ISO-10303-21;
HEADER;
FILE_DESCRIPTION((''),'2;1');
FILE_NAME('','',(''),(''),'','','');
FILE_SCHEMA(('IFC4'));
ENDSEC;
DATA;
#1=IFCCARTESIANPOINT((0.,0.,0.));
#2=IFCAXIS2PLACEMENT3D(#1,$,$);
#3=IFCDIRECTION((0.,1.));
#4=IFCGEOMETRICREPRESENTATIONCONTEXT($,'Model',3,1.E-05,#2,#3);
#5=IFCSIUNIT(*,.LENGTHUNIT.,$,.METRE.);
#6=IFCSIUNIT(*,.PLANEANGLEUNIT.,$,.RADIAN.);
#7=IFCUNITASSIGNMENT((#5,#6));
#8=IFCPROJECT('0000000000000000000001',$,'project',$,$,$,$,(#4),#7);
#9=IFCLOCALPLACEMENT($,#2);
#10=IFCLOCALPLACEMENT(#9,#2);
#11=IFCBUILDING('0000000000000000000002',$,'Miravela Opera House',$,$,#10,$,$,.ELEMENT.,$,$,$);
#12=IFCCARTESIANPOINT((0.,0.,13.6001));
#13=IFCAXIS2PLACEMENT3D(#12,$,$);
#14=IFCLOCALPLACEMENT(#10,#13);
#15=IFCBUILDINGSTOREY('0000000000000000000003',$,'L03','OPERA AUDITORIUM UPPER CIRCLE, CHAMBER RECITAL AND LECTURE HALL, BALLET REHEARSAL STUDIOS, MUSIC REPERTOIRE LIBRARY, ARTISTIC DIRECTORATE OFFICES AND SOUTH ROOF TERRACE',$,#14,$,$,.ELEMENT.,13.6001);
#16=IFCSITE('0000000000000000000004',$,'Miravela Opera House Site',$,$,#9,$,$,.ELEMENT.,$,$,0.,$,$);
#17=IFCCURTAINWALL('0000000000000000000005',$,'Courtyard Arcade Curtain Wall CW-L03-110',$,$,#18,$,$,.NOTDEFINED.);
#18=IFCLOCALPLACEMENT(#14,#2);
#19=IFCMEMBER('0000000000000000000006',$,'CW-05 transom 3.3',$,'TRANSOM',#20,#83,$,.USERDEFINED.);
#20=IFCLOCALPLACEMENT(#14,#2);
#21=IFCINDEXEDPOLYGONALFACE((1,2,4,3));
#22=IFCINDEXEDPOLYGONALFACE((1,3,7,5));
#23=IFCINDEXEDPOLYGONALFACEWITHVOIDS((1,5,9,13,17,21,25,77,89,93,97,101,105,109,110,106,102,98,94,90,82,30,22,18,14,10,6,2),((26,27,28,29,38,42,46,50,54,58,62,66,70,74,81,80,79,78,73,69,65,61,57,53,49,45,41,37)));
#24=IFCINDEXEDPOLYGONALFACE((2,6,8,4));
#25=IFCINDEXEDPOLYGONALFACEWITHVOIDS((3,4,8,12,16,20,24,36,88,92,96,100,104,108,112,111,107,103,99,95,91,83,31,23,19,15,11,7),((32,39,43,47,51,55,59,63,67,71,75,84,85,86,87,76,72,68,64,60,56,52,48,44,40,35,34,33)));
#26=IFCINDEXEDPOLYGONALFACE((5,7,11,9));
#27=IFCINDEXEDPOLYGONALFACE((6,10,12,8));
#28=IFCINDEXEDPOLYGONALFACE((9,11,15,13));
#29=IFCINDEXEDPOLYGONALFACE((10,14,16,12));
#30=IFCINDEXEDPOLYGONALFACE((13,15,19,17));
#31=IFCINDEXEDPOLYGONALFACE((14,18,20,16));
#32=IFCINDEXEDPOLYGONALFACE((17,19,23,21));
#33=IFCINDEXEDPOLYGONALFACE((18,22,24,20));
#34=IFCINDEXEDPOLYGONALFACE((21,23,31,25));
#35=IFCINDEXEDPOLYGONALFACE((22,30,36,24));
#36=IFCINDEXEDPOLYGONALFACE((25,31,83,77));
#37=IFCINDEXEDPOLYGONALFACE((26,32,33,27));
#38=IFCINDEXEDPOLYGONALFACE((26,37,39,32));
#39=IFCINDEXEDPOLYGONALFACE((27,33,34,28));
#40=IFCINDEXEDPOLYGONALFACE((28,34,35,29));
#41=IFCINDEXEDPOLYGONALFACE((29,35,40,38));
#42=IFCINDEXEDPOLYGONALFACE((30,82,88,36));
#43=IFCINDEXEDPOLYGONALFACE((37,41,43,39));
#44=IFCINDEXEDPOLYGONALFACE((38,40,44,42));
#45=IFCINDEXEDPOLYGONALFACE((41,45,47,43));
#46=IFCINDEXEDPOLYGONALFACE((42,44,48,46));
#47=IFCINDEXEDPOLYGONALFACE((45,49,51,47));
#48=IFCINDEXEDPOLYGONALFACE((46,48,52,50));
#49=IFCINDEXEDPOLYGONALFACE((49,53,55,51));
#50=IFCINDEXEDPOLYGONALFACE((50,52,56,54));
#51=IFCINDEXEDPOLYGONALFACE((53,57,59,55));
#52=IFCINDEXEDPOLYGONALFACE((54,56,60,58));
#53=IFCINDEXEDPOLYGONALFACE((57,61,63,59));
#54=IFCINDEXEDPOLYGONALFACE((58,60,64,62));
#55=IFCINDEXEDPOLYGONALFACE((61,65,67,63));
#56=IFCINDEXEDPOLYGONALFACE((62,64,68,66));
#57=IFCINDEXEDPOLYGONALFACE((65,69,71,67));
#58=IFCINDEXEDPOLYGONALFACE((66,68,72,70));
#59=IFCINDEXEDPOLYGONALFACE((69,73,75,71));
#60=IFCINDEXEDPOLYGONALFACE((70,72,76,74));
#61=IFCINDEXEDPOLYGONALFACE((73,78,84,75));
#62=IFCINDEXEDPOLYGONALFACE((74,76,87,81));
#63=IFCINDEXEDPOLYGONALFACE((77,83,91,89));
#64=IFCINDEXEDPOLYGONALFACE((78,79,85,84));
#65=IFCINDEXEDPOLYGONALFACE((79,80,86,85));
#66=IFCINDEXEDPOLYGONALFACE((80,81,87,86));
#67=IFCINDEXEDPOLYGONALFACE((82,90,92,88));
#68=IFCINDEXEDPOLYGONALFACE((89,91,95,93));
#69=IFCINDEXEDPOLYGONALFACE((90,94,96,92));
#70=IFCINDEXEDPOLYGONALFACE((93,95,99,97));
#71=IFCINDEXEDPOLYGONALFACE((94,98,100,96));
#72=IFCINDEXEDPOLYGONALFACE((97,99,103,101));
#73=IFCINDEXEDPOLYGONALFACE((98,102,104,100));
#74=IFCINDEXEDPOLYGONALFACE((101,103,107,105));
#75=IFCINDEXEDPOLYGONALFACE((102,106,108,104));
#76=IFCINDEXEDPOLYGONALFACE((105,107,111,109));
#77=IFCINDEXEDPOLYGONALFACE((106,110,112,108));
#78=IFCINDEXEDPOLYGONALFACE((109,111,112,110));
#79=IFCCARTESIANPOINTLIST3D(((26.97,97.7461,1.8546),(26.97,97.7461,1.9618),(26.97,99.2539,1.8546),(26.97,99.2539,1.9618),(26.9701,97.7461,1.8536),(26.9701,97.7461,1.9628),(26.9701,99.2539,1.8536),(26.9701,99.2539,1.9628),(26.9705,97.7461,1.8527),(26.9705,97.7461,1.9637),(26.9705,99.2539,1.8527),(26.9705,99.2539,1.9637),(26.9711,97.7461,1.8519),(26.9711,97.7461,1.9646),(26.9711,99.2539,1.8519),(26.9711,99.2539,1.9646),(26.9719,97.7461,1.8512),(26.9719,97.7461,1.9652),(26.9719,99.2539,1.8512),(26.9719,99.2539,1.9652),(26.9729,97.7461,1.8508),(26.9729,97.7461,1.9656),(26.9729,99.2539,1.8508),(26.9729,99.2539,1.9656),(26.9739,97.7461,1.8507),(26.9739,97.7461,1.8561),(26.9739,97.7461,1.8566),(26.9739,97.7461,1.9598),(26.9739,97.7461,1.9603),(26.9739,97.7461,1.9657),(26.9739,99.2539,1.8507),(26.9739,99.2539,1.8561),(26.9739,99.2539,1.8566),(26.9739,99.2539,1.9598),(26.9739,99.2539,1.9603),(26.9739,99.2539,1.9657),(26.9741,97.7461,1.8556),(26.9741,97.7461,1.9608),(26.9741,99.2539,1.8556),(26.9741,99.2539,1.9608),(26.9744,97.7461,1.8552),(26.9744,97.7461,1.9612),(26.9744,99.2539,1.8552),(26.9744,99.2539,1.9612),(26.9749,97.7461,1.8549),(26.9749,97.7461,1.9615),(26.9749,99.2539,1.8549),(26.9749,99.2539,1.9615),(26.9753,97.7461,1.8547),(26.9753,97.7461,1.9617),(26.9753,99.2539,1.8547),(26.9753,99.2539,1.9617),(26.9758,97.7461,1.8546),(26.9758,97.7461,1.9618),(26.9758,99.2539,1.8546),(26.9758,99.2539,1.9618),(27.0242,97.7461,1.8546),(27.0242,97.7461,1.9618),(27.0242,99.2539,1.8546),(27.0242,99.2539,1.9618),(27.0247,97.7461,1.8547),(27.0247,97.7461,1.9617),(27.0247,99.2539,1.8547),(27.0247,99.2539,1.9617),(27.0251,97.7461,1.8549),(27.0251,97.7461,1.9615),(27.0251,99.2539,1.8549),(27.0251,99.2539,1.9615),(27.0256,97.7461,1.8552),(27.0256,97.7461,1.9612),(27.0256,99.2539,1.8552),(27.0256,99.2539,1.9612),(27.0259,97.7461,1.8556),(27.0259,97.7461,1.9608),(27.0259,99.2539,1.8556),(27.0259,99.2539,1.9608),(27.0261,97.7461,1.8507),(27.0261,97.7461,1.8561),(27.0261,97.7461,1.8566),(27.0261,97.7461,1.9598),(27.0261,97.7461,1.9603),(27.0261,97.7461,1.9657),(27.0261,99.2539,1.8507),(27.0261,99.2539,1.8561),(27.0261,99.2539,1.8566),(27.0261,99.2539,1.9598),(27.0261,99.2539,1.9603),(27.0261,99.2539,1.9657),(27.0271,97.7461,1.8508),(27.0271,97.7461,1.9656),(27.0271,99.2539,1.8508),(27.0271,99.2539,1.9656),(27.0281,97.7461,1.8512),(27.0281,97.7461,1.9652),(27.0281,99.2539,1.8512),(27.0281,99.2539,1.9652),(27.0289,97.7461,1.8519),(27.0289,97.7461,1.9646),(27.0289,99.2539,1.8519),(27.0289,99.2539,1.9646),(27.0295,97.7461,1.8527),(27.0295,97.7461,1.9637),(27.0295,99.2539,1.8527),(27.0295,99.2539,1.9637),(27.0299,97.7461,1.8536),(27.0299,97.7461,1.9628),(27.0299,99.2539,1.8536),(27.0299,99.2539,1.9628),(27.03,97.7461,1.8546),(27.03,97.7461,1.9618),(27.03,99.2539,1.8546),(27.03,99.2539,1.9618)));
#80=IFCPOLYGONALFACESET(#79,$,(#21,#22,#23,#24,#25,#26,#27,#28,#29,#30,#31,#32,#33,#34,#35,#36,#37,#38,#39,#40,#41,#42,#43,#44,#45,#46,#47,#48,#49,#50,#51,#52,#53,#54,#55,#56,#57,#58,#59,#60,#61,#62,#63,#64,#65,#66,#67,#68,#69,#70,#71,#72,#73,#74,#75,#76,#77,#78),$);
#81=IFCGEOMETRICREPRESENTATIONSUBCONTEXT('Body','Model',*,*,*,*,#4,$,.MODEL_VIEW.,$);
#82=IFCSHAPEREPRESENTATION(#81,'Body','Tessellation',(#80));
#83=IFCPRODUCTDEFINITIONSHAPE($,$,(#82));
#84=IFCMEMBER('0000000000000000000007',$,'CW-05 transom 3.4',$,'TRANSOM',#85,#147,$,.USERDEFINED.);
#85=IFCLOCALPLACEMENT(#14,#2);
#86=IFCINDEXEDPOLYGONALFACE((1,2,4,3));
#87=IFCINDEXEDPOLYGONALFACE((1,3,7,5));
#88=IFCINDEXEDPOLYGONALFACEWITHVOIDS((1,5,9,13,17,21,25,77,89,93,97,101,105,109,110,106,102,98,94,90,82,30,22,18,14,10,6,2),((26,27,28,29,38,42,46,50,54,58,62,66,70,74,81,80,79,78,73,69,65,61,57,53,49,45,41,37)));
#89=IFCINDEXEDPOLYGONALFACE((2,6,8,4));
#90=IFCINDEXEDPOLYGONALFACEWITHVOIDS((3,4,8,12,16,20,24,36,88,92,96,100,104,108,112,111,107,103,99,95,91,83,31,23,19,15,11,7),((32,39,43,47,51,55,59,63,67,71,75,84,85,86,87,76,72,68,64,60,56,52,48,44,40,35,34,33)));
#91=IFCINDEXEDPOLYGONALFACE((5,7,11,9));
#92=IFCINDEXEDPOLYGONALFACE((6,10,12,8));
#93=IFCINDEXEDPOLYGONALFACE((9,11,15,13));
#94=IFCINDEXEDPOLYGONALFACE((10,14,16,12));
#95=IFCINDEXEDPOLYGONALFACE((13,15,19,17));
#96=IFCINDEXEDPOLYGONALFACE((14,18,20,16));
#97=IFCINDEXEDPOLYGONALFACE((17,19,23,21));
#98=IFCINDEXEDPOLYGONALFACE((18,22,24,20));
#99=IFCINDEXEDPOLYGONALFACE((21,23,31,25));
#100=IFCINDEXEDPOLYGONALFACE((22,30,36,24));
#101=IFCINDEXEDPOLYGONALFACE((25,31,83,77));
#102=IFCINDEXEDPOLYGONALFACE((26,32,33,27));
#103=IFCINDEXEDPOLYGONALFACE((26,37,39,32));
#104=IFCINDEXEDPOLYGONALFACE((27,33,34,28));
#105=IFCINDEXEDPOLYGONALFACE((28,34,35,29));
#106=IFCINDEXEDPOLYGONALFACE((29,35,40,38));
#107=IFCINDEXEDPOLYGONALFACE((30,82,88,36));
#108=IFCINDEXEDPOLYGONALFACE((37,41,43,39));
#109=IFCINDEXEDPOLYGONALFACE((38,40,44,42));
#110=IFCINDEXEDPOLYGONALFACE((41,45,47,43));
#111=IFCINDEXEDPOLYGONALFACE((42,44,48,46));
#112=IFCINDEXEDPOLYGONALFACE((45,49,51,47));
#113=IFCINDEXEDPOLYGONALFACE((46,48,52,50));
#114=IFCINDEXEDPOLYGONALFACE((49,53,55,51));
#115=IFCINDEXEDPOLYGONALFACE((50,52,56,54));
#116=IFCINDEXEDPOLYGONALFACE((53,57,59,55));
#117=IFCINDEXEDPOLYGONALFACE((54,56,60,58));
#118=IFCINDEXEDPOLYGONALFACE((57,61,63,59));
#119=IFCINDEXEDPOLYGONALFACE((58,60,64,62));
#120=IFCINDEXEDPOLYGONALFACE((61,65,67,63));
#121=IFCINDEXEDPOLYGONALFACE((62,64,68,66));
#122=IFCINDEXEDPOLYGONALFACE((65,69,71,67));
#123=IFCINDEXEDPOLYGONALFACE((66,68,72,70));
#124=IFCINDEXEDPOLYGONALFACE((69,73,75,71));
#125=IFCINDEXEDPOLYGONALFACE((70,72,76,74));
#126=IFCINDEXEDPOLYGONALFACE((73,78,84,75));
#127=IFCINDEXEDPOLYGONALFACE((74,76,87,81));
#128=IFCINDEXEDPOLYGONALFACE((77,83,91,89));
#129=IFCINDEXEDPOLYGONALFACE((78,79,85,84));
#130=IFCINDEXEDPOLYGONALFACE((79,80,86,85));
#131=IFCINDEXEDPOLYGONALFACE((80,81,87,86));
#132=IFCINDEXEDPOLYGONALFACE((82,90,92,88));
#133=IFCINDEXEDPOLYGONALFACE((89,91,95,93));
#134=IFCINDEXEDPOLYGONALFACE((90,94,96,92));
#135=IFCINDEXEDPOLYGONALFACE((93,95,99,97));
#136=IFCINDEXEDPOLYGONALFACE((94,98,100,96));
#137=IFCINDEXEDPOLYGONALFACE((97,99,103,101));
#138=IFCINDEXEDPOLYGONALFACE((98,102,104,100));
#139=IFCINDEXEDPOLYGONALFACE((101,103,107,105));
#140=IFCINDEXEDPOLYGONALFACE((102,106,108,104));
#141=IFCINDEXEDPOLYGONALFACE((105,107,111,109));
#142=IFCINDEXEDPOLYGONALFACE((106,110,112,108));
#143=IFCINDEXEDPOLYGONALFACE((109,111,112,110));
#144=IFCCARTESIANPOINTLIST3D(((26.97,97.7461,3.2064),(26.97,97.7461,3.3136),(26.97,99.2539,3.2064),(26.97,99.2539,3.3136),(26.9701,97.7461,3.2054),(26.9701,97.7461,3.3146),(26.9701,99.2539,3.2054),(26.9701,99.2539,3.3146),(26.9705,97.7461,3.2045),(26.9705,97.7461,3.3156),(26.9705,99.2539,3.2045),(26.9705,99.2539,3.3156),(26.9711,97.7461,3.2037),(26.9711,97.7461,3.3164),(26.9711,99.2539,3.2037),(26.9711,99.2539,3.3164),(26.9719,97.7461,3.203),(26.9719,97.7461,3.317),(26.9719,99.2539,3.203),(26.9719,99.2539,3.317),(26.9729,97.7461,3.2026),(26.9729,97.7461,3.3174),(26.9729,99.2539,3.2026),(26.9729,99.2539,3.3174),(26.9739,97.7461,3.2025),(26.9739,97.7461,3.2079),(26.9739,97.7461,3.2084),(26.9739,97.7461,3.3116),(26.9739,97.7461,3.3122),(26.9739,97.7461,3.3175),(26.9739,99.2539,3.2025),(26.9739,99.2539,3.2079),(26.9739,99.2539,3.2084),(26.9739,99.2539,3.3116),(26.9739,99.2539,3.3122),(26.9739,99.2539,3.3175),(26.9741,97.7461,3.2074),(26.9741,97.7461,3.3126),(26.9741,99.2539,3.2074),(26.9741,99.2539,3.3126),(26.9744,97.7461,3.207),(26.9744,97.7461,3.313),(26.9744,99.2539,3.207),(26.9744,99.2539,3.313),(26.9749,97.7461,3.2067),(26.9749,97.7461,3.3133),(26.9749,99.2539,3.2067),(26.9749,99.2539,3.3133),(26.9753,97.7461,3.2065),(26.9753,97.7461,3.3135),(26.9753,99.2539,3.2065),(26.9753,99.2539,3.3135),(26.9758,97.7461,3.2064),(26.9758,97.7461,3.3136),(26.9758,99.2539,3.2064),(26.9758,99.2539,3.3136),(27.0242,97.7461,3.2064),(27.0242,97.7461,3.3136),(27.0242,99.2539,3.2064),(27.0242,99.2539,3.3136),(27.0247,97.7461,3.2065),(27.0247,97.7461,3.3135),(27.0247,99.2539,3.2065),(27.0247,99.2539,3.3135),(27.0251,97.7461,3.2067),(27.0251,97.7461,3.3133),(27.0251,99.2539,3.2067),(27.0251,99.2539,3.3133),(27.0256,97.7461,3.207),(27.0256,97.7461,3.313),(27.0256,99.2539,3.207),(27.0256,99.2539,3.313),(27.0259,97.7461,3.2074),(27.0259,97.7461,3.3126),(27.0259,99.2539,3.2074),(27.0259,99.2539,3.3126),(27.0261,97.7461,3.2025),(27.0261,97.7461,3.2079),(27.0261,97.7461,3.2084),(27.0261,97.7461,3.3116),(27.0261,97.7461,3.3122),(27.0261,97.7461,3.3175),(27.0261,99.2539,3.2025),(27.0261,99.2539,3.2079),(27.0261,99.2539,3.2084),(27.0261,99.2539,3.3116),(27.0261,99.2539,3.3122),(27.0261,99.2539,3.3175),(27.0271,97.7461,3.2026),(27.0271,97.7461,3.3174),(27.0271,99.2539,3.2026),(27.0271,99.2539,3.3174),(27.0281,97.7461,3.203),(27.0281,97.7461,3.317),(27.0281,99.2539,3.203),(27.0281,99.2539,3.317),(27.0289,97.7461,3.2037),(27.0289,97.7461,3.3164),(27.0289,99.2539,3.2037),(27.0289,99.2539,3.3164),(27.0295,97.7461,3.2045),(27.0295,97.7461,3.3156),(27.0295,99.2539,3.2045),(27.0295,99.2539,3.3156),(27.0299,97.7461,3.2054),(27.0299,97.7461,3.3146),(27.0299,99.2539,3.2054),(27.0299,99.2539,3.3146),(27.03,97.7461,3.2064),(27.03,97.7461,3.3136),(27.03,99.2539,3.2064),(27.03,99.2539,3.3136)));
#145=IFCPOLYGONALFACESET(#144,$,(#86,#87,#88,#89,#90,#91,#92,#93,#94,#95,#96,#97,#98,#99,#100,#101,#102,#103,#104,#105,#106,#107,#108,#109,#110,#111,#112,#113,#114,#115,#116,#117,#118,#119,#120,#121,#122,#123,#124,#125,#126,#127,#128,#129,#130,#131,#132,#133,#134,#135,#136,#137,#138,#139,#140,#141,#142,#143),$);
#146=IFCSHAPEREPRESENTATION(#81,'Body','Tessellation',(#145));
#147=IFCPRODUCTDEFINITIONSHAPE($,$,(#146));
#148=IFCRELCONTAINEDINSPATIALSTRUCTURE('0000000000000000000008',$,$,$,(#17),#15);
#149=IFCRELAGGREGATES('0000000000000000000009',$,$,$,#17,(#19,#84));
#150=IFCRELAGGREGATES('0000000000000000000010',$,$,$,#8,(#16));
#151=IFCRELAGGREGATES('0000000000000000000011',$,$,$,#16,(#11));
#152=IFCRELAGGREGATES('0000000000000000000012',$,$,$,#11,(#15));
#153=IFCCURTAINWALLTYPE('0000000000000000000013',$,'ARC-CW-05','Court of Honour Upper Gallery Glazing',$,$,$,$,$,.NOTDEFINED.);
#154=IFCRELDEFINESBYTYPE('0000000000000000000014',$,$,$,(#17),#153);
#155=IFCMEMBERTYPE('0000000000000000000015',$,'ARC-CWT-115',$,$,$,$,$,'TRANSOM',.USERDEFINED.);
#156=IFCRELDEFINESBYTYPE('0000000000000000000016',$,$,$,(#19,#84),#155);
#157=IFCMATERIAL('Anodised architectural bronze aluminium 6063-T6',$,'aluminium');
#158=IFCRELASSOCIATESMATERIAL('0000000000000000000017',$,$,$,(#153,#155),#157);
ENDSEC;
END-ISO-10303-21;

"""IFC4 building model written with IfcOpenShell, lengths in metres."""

from ifc_helpers import new_model, si_unit, direction, frame, origin, origin_2d, place, context, subcontext, project, spatial, hollow_rectangle, extrude, material, material_profile, profile_set, type_object, element, aggregate, save


model = new_model("IFC4")

# Units and contexts
model_context = context("Model", 3, precision=1e-05, world=origin(), true_north=direction((0.0, 1.0)))
body_context = subcontext(model_context, "Body", "Model", "MODEL_VIEW")
ifc_project = project(units=[si_unit("LENGTHUNIT", "METRE"), si_unit("PLANEANGLEUNIT", "RADIAN")], contexts=[model_context])

# Site, building, storey
site_placement = place(None, origin())
site = spatial("IfcSite", under=ifc_project, at=site_placement, Name="Miravela Opera House Site", CompositionType="ELEMENT", RefElevation=0.0)
building_placement = place(site_placement, origin())
building = spatial("IfcBuilding", under=site, at=building_placement, Name="Miravela Opera House", CompositionType="ELEMENT")
storey_placement = place(building_placement, frame((0.0, 0.0, 13.6001)))
storey = spatial("IfcBuildingStorey", under=building, at=storey_placement, Name="L03", Description="OPERA AUDITORIUM UPPER CIRCLE, CHAMBER RECITAL AND LECTURE HALL, BALLET REHEARSAL STUDIOS, MUSIC REPERTOIRE LIBRARY, ARTISTIC DIRECTORATE OFFICES AND SOUTH ROOF TERRACE", CompositionType="ELEMENT", Elevation=13.6001)

# Curtain wall, members
ifc_material_1 = material(Name="Anodised architectural bronze aluminium 6063-T6", Category="aluminium")
curtain_wall_type = type_object("IfcCurtainWallType", Name="ARC-CW-05", Description="Court of Honour Upper Gallery Glazing", PredefinedType="NOTDEFINED", material=ifc_material_1)
curtain_wall_placement = place(storey_placement, origin())
curtain_wall = element("IfcCurtainWall", 1, at=curtain_wall_placement, inside=storey, type_object=curtain_wall_type, Name="Courtyard Arcade Curtain Wall CW-L03-110", PredefinedType="NOTDEFINED")
ifc_material_profile_1 = material_profile(ifc_material_1, hollow_rectangle(XDim=0.0601, YDim=0.115, WallThickness=0.0039, InnerFilletRadius=0.002, OuterFilletRadius=0.0039, at=origin_2d()), Name="CWT-60X115")
ifc_profile_set_1 = profile_set([ifc_material_profile_1])
member_type_1 = type_object("IfcMemberType", Name="ARC-CWT-115", ElementType="TRANSOM", PredefinedType="USERDEFINED", material=ifc_profile_set_1)
member_1_placement = place(storey_placement, frame((27.0, 97.7461, 1.9082), z_axis=(0.0, 1.0, 0.0), x_axis=(-1.0, 0.0, 0.0)))
member_1 = element("IfcMember", 2, at=member_1_placement, type_object=member_type_1, Name="CW-05 transom 3.3", ObjectType="TRANSOM", PredefinedType="USERDEFINED", context=body_context, shape_type="SweptSolid", body=[
    extrude(hollow_rectangle(XDim=0.0601, YDim=0.115, WallThickness=0.0039, InnerFilletRadius=0.002, OuterFilletRadius=0.0039, at=origin_2d()), origin(), (0.0, 0.0, 1.0), 1.5078),
])
member_2_placement = place(storey_placement, frame((27.0, 97.7461, 3.26), z_axis=(0.0, 1.0, 0.0), x_axis=(-1.0, 0.0, 0.0)))
member_2 = element("IfcMember", 3, at=member_2_placement, type_object=member_type_1, Name="CW-05 transom 3.4", ObjectType="TRANSOM", PredefinedType="USERDEFINED", context=body_context, shape_type="SweptSolid", body=[
    extrude(hollow_rectangle(XDim=0.0601, YDim=0.115, WallThickness=0.0039, InnerFilletRadius=0.002, OuterFilletRadius=0.0039, at=origin_2d()), origin(), (0.0, 0.0, 1.0), 1.5078),
])
aggregate(curtain_wall, [member_1, member_2])

save(model, "model.ifc")
